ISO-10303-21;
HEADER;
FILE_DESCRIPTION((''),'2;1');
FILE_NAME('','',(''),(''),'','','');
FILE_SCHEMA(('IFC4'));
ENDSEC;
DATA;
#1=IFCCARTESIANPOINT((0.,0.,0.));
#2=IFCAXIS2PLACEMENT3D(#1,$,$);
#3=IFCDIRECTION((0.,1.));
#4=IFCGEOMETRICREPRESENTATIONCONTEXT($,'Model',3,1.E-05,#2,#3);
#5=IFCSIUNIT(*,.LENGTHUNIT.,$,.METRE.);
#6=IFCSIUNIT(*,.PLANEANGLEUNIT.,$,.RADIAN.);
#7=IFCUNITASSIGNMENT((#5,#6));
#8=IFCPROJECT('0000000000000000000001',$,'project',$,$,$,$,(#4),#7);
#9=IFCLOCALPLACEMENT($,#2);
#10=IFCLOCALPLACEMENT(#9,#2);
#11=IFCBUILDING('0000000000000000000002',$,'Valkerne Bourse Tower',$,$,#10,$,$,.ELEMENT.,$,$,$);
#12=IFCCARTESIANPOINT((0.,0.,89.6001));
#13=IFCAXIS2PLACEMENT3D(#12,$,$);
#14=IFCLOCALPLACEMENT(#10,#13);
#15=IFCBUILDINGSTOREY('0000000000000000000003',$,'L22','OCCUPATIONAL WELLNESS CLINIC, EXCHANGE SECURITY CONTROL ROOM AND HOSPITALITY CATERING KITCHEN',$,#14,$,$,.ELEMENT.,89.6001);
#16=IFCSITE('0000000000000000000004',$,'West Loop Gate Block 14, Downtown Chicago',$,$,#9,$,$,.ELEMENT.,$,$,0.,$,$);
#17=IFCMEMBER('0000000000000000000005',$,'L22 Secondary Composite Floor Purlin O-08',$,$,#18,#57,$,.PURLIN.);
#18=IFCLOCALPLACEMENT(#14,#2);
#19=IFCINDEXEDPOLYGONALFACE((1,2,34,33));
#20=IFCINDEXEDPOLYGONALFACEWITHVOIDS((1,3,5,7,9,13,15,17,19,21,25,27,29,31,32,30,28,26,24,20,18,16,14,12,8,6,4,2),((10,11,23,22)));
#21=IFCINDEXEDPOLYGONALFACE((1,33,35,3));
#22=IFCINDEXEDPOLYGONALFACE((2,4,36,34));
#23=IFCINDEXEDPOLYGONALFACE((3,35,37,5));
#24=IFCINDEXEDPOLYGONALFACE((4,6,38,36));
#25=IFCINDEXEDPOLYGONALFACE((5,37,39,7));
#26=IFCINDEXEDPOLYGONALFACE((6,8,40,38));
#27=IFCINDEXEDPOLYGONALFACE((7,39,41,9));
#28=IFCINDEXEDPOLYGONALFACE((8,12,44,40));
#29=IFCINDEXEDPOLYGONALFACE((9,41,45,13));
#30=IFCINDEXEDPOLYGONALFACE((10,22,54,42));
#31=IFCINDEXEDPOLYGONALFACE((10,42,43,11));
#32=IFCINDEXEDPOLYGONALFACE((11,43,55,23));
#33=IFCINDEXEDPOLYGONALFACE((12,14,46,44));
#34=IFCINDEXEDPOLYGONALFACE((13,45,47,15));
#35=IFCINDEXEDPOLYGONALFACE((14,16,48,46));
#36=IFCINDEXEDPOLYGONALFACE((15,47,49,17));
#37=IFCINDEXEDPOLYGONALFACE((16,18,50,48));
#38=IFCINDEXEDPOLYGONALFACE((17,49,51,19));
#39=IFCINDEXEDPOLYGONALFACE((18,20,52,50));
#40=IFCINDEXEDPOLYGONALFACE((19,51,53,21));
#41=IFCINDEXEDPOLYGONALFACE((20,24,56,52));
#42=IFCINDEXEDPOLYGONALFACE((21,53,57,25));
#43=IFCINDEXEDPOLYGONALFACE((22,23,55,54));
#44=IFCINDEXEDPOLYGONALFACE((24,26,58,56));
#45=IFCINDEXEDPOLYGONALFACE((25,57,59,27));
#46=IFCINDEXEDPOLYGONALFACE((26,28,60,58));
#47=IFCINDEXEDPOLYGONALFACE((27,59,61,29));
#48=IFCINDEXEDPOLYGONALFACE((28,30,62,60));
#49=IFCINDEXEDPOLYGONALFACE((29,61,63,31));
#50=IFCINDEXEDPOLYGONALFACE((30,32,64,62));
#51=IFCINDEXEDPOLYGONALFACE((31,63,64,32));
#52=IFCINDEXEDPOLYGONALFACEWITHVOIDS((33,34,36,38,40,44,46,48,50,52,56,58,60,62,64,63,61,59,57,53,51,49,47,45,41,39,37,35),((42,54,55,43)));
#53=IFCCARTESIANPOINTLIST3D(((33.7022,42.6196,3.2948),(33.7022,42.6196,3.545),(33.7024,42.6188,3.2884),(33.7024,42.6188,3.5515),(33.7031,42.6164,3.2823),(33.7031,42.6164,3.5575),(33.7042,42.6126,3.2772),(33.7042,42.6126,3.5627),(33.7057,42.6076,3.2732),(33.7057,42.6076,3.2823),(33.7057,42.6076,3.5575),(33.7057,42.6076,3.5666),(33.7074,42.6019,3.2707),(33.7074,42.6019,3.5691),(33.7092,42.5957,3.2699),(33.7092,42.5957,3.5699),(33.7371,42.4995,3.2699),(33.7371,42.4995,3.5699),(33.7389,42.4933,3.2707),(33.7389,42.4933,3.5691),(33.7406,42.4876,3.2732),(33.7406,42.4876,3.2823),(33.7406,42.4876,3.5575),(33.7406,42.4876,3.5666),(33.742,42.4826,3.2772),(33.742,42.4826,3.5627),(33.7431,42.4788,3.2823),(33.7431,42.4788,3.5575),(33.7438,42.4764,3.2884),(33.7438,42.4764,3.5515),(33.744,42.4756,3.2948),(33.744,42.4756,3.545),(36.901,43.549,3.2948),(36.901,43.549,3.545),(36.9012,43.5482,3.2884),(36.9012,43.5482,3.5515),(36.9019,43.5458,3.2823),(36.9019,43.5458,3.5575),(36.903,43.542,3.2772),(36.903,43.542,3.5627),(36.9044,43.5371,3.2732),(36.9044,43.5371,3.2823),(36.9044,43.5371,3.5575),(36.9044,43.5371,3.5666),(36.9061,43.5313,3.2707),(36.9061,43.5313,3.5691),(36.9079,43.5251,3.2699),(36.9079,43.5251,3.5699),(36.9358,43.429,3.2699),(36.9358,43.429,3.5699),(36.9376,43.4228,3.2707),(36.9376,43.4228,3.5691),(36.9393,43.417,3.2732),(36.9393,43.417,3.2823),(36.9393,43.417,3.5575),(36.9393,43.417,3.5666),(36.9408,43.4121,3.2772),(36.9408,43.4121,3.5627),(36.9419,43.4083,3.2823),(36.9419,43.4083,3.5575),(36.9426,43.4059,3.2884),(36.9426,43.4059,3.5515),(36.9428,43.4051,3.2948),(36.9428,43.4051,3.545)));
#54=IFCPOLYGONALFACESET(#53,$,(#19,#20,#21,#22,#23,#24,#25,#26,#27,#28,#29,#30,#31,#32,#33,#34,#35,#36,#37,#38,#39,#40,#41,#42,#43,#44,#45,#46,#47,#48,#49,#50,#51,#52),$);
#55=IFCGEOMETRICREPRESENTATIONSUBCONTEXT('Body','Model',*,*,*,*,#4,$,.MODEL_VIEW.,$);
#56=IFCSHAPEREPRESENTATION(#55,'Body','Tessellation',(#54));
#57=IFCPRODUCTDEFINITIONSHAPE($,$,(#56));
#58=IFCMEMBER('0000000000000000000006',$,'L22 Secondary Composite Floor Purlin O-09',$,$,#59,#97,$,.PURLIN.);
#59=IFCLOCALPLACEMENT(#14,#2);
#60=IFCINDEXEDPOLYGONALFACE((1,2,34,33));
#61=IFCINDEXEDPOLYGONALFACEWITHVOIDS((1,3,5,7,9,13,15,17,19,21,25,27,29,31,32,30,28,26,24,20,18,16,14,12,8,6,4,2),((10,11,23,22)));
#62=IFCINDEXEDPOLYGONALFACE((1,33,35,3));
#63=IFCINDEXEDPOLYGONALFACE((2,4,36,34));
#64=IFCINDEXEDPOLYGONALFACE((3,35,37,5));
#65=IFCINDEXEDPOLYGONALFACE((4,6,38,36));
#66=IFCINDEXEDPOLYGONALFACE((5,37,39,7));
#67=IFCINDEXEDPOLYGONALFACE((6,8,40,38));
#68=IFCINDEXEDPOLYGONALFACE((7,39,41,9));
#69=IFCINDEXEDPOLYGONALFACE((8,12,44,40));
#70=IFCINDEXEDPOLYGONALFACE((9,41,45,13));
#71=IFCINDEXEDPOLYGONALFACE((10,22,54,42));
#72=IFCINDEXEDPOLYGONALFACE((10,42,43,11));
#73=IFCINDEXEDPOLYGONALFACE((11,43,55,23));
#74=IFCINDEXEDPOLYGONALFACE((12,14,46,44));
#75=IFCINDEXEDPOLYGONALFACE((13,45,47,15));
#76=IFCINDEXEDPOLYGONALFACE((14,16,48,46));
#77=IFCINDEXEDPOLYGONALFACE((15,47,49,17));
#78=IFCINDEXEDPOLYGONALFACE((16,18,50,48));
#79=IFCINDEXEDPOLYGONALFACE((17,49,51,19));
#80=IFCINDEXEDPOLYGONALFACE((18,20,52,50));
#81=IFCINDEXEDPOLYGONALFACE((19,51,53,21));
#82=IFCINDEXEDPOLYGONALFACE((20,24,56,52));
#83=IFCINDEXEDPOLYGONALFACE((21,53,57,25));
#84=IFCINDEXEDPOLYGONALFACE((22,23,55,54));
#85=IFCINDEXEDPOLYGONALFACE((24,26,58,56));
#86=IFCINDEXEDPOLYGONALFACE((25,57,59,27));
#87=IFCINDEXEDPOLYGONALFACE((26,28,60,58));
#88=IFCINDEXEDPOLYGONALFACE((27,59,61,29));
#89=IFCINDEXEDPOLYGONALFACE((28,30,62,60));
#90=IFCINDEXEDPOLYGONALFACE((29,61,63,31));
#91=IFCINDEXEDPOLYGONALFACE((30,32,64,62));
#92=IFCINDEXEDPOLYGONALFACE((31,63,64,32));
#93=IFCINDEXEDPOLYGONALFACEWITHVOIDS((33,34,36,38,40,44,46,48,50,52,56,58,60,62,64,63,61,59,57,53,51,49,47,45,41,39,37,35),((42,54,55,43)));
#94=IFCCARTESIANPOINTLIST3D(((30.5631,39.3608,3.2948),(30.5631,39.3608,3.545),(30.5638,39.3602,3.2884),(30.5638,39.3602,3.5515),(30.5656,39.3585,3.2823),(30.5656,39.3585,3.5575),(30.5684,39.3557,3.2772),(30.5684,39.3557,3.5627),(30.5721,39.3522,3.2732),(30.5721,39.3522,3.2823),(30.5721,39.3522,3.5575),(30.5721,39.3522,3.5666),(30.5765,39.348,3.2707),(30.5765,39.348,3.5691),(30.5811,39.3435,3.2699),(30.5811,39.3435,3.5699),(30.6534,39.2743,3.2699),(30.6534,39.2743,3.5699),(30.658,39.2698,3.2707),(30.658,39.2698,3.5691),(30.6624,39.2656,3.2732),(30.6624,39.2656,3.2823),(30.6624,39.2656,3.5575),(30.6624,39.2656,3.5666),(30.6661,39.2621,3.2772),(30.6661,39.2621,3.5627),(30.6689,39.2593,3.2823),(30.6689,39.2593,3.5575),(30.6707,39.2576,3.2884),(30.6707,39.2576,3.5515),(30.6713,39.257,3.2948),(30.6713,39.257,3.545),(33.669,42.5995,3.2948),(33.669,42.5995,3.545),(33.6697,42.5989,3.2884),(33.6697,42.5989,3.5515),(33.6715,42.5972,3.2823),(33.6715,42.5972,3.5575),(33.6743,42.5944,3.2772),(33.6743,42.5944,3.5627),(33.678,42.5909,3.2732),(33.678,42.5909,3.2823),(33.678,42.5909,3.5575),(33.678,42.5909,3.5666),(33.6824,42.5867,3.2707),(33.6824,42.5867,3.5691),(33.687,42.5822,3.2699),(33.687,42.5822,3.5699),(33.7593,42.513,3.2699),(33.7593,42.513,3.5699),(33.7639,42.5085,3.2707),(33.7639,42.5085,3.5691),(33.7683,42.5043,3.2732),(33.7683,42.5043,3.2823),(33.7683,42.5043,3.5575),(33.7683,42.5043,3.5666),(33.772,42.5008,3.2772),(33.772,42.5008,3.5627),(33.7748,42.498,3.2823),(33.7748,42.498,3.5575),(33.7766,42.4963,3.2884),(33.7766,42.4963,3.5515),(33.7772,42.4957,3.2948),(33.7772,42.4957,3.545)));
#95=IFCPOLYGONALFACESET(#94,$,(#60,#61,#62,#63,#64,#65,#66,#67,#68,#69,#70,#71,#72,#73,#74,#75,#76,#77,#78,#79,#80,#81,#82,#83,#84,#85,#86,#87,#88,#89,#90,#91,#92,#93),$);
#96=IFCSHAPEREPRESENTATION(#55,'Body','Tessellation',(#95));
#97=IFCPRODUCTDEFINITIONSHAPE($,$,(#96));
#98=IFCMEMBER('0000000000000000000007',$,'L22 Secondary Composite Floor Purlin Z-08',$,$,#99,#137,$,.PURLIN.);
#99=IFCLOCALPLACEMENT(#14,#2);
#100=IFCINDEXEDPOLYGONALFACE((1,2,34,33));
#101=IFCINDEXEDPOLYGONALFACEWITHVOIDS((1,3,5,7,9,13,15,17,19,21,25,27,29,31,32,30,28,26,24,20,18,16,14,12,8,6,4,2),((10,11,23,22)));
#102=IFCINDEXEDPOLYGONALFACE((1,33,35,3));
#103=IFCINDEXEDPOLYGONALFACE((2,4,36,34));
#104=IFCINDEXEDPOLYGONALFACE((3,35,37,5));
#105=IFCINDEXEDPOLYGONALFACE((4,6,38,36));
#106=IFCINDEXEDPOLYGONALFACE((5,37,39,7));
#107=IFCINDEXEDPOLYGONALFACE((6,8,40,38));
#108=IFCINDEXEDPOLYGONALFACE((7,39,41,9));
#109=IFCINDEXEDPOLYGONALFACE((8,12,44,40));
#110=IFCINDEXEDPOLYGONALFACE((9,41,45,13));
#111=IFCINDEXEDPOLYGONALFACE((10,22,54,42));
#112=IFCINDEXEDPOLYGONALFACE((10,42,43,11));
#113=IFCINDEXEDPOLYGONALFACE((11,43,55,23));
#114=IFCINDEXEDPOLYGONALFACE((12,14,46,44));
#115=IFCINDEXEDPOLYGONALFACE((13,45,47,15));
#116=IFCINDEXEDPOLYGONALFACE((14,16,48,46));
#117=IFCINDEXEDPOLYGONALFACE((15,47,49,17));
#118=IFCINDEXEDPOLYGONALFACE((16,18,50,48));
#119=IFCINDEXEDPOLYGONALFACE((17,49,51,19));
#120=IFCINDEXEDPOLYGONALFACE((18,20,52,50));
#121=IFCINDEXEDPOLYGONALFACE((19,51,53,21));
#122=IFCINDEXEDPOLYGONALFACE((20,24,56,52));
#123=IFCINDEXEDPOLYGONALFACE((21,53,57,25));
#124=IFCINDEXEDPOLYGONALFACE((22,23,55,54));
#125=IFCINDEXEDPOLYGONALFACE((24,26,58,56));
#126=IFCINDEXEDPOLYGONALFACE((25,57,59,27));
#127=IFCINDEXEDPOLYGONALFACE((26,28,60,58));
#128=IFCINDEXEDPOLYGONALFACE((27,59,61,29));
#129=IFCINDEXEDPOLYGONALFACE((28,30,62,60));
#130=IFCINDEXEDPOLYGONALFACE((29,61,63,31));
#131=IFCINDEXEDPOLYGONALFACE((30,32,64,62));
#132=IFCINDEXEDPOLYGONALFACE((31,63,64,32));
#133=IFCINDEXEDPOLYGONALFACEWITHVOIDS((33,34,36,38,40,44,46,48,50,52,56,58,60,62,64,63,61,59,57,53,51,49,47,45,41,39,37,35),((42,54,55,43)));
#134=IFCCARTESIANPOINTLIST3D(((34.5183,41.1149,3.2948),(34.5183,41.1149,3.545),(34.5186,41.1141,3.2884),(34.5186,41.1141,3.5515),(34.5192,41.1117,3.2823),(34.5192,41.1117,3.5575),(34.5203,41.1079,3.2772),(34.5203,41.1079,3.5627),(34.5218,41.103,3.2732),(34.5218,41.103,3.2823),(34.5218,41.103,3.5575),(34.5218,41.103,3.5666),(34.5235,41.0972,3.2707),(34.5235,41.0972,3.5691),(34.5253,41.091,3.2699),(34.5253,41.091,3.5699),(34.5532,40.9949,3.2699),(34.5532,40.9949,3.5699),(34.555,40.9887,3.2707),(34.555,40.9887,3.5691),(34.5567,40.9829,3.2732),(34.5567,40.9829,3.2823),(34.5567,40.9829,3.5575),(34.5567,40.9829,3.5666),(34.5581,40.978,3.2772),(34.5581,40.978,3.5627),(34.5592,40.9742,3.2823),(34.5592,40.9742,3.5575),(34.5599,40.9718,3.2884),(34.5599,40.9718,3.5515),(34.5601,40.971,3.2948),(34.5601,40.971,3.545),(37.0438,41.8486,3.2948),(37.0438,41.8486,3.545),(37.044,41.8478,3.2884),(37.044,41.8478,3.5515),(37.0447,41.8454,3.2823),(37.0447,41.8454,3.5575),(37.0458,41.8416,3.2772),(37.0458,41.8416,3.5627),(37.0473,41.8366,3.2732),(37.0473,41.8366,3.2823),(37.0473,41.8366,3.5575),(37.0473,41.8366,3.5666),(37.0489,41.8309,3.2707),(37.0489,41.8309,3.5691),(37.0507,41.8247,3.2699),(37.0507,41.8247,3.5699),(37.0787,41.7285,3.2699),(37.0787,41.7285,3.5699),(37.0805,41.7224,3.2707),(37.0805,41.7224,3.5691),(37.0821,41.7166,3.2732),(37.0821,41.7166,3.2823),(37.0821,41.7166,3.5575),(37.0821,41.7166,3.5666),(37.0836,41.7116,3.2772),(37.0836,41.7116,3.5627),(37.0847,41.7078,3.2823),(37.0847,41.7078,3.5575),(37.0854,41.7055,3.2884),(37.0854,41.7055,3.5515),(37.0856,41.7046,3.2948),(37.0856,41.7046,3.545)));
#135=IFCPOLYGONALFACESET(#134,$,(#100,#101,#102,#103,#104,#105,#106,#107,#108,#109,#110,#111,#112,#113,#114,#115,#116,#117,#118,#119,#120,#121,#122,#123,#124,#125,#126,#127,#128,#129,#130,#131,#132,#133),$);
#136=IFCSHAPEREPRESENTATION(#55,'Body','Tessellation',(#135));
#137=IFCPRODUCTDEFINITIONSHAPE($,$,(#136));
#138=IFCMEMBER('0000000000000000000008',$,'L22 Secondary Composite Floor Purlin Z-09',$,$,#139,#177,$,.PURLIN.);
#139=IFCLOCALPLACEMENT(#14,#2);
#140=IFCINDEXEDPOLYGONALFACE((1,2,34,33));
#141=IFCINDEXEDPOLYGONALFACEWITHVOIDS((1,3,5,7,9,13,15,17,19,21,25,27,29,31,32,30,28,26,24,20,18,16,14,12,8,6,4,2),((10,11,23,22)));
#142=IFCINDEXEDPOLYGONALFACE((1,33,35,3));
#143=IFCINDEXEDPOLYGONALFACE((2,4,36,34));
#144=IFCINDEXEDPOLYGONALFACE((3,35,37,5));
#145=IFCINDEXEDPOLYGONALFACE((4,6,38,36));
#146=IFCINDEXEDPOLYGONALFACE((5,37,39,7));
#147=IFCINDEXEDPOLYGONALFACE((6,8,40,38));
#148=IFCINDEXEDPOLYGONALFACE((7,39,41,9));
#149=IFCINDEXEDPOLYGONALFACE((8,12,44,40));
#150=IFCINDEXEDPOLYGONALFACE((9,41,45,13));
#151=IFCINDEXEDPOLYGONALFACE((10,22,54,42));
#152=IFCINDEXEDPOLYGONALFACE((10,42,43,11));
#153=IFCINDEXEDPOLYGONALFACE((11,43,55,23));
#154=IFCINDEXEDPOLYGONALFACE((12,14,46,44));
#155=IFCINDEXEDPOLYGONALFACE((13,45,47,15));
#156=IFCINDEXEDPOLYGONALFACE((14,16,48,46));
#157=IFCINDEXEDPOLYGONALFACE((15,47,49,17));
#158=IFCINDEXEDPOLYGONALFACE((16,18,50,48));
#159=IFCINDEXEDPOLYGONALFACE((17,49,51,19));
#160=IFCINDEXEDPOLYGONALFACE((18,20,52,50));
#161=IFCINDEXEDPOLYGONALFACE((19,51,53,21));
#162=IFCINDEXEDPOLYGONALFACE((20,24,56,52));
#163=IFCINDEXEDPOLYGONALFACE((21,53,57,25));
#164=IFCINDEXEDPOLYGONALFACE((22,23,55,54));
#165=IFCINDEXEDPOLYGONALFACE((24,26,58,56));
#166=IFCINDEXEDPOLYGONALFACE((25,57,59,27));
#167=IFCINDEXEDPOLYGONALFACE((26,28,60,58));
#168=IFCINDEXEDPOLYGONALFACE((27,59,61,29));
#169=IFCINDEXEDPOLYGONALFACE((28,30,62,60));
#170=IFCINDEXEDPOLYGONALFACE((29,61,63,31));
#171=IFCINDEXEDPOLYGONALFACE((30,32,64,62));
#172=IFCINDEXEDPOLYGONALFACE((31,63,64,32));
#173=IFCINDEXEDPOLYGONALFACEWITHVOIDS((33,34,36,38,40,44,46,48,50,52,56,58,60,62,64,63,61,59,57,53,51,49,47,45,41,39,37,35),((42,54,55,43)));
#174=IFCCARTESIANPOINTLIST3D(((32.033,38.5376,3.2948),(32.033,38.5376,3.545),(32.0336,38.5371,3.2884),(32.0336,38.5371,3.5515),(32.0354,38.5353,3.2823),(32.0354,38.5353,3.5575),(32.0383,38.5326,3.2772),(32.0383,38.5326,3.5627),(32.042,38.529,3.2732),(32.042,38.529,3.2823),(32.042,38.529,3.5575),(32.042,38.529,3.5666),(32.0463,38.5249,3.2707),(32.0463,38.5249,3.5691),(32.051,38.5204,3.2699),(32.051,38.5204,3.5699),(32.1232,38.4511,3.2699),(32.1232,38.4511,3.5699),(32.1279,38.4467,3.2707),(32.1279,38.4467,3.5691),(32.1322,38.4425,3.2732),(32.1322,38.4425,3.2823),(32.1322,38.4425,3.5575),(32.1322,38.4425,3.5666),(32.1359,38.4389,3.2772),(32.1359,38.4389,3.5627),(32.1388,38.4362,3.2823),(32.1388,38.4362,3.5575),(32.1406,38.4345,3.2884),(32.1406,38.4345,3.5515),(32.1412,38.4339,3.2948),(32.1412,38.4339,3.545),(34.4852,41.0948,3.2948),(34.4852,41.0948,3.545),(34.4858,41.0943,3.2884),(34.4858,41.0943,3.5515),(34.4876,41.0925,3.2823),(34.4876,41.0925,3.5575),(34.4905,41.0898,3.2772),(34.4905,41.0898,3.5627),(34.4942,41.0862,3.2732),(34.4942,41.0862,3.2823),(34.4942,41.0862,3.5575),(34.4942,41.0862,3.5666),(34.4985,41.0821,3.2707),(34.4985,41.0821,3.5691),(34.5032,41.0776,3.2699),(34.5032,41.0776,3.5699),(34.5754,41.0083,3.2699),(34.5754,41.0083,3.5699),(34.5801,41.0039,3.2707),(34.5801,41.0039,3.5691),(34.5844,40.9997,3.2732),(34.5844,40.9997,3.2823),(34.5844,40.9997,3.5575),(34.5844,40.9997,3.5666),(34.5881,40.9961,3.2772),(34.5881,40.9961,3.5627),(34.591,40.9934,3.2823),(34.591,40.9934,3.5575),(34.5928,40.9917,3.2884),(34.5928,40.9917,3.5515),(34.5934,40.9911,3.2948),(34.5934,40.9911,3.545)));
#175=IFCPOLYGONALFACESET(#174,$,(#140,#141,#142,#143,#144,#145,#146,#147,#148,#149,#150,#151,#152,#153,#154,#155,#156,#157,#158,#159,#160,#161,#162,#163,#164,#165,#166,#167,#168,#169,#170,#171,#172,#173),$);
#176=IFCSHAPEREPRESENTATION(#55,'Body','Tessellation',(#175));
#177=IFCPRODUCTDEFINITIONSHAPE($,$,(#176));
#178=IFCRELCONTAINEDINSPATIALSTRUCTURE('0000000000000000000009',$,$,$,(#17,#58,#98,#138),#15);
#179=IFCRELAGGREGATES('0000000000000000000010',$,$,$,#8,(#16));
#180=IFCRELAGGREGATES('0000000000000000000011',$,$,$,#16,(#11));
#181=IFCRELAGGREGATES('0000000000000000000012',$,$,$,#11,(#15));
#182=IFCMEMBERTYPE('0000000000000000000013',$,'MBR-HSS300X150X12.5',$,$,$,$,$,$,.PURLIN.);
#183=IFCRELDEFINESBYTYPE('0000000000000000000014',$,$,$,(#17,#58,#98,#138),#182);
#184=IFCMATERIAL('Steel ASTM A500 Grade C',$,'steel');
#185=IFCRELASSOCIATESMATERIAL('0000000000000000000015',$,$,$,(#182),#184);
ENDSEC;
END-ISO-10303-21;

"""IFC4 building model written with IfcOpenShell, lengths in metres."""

from ifc_helpers import new_model, si_unit, direction, frame, origin, origin_2d, place, context, subcontext, project, spatial, hollow_rectangle, extrude, material, material_profile, profile_set, type_object, element, save


model = new_model("IFC4")

# Units and contexts
model_context = context("Model", 3, precision=1e-05, world=origin(), true_north=direction((0.0, 1.0)))
body_context = subcontext(model_context, "Body", "Model", "MODEL_VIEW")
ifc_project = project(units=[si_unit("LENGTHUNIT", "METRE"), si_unit("PLANEANGLEUNIT", "RADIAN")], contexts=[model_context])

# Site, building, storey
site_placement = place(None, origin())
site = spatial("IfcSite", under=ifc_project, at=site_placement, Name="West Loop Gate Block 14, Downtown Chicago", CompositionType="ELEMENT", RefElevation=0.0)
building_placement = place(site_placement, origin())
building = spatial("IfcBuilding", under=site, at=building_placement, Name="Valkerne Bourse Tower", CompositionType="ELEMENT")
storey_placement = place(building_placement, frame((0.0, 0.0, 89.6001)))
storey = spatial("IfcBuildingStorey", under=building, at=storey_placement, Name="L22", Description="OCCUPATIONAL WELLNESS CLINIC, EXCHANGE SECURITY CONTROL ROOM AND HOSPITALITY CATERING KITCHEN", CompositionType="ELEMENT", Elevation=89.6001)

# Members
ifc_material_1 = material(Name="Steel ASTM A500 Grade C", Category="steel")
ifc_material_profile_1 = material_profile(ifc_material_1, hollow_rectangle(XDim=0.1499, YDim=0.3, WallThickness=0.0125, OuterFilletRadius=0.0249, at=origin_2d()), Name="HSS300X150X12.5")
ifc_profile_set_1 = profile_set([ifc_material_profile_1], Name="Steel ASTM A500 Grade C")
member_type_1 = type_object("IfcMemberType", Name="MBR-HSS300X150X12.5", PredefinedType="PURLIN", material=ifc_profile_set_1)
member_1_placement = place(storey_placement, frame((36.9219, 43.4771, 3.4199), z_axis=(-0.960284, -0.279026, 0.0), x_axis=(0.279026, -0.960284, 0.0)))
element("IfcMember", 1, at=member_1_placement, inside=storey, type_object=member_type_1, Name="L22 Secondary Composite Floor Purlin O-08", PredefinedType="PURLIN", context=body_context, shape_type="SweptSolid", body=[
    extrude(hollow_rectangle(XDim=0.1499, YDim=0.3, WallThickness=0.0125, OuterFilletRadius=0.0249, at=origin_2d()), origin(), (0.0, 0.0, 1.0), 3.3311),
])
member_2_placement = place(storey_placement, frame((33.7231, 42.5476, 3.4199), z_axis=(-0.692153, -0.72175, 0.0), x_axis=(0.72175, -0.692153, 0.0)))
element("IfcMember", 2, at=member_2_placement, inside=storey, type_object=member_type_1, Name="L22 Secondary Composite Floor Purlin O-09", PredefinedType="PURLIN", context=body_context, shape_type="SweptSolid", body=[
    extrude(hollow_rectangle(XDim=0.1499, YDim=0.3, WallThickness=0.0125, OuterFilletRadius=0.0249, at=origin_2d()), origin(), (0.0, 0.0, 1.0), 4.4873),
])
member_3_placement = place(storey_placement, frame((37.0647, 41.7766, 3.4199), z_axis=(-0.960299, -0.278973, 0.0), x_axis=(0.278973, -0.960299, 0.0)))
element("IfcMember", 3, at=member_3_placement, inside=storey, type_object=member_type_1, Name="L22 Secondary Composite Floor Purlin Z-08", PredefinedType="PURLIN", context=body_context, shape_type="SweptSolid", body=[
    extrude(hollow_rectangle(XDim=0.1499, YDim=0.3, WallThickness=0.0125, OuterFilletRadius=0.0249, at=origin_2d()), origin(), (0.0, 0.0, 1.0), 2.6299),
])
member_4_placement = place(storey_placement, frame((34.5393, 41.043, 3.4199), z_axis=(-0.692136, -0.721767, 0.0), x_axis=(0.721767, -0.692136, 0.0)))
element("IfcMember", 4, at=member_4_placement, inside=storey, type_object=member_type_1, Name="L22 Secondary Composite Floor Purlin Z-09", PredefinedType="PURLIN", context=body_context, shape_type="SweptSolid", body=[
    extrude(hollow_rectangle(XDim=0.1499, YDim=0.3, WallThickness=0.0125, OuterFilletRadius=0.0249, at=origin_2d()), origin(), (0.0, 0.0, 1.0), 3.543),
])

save(model, "model.ifc")
